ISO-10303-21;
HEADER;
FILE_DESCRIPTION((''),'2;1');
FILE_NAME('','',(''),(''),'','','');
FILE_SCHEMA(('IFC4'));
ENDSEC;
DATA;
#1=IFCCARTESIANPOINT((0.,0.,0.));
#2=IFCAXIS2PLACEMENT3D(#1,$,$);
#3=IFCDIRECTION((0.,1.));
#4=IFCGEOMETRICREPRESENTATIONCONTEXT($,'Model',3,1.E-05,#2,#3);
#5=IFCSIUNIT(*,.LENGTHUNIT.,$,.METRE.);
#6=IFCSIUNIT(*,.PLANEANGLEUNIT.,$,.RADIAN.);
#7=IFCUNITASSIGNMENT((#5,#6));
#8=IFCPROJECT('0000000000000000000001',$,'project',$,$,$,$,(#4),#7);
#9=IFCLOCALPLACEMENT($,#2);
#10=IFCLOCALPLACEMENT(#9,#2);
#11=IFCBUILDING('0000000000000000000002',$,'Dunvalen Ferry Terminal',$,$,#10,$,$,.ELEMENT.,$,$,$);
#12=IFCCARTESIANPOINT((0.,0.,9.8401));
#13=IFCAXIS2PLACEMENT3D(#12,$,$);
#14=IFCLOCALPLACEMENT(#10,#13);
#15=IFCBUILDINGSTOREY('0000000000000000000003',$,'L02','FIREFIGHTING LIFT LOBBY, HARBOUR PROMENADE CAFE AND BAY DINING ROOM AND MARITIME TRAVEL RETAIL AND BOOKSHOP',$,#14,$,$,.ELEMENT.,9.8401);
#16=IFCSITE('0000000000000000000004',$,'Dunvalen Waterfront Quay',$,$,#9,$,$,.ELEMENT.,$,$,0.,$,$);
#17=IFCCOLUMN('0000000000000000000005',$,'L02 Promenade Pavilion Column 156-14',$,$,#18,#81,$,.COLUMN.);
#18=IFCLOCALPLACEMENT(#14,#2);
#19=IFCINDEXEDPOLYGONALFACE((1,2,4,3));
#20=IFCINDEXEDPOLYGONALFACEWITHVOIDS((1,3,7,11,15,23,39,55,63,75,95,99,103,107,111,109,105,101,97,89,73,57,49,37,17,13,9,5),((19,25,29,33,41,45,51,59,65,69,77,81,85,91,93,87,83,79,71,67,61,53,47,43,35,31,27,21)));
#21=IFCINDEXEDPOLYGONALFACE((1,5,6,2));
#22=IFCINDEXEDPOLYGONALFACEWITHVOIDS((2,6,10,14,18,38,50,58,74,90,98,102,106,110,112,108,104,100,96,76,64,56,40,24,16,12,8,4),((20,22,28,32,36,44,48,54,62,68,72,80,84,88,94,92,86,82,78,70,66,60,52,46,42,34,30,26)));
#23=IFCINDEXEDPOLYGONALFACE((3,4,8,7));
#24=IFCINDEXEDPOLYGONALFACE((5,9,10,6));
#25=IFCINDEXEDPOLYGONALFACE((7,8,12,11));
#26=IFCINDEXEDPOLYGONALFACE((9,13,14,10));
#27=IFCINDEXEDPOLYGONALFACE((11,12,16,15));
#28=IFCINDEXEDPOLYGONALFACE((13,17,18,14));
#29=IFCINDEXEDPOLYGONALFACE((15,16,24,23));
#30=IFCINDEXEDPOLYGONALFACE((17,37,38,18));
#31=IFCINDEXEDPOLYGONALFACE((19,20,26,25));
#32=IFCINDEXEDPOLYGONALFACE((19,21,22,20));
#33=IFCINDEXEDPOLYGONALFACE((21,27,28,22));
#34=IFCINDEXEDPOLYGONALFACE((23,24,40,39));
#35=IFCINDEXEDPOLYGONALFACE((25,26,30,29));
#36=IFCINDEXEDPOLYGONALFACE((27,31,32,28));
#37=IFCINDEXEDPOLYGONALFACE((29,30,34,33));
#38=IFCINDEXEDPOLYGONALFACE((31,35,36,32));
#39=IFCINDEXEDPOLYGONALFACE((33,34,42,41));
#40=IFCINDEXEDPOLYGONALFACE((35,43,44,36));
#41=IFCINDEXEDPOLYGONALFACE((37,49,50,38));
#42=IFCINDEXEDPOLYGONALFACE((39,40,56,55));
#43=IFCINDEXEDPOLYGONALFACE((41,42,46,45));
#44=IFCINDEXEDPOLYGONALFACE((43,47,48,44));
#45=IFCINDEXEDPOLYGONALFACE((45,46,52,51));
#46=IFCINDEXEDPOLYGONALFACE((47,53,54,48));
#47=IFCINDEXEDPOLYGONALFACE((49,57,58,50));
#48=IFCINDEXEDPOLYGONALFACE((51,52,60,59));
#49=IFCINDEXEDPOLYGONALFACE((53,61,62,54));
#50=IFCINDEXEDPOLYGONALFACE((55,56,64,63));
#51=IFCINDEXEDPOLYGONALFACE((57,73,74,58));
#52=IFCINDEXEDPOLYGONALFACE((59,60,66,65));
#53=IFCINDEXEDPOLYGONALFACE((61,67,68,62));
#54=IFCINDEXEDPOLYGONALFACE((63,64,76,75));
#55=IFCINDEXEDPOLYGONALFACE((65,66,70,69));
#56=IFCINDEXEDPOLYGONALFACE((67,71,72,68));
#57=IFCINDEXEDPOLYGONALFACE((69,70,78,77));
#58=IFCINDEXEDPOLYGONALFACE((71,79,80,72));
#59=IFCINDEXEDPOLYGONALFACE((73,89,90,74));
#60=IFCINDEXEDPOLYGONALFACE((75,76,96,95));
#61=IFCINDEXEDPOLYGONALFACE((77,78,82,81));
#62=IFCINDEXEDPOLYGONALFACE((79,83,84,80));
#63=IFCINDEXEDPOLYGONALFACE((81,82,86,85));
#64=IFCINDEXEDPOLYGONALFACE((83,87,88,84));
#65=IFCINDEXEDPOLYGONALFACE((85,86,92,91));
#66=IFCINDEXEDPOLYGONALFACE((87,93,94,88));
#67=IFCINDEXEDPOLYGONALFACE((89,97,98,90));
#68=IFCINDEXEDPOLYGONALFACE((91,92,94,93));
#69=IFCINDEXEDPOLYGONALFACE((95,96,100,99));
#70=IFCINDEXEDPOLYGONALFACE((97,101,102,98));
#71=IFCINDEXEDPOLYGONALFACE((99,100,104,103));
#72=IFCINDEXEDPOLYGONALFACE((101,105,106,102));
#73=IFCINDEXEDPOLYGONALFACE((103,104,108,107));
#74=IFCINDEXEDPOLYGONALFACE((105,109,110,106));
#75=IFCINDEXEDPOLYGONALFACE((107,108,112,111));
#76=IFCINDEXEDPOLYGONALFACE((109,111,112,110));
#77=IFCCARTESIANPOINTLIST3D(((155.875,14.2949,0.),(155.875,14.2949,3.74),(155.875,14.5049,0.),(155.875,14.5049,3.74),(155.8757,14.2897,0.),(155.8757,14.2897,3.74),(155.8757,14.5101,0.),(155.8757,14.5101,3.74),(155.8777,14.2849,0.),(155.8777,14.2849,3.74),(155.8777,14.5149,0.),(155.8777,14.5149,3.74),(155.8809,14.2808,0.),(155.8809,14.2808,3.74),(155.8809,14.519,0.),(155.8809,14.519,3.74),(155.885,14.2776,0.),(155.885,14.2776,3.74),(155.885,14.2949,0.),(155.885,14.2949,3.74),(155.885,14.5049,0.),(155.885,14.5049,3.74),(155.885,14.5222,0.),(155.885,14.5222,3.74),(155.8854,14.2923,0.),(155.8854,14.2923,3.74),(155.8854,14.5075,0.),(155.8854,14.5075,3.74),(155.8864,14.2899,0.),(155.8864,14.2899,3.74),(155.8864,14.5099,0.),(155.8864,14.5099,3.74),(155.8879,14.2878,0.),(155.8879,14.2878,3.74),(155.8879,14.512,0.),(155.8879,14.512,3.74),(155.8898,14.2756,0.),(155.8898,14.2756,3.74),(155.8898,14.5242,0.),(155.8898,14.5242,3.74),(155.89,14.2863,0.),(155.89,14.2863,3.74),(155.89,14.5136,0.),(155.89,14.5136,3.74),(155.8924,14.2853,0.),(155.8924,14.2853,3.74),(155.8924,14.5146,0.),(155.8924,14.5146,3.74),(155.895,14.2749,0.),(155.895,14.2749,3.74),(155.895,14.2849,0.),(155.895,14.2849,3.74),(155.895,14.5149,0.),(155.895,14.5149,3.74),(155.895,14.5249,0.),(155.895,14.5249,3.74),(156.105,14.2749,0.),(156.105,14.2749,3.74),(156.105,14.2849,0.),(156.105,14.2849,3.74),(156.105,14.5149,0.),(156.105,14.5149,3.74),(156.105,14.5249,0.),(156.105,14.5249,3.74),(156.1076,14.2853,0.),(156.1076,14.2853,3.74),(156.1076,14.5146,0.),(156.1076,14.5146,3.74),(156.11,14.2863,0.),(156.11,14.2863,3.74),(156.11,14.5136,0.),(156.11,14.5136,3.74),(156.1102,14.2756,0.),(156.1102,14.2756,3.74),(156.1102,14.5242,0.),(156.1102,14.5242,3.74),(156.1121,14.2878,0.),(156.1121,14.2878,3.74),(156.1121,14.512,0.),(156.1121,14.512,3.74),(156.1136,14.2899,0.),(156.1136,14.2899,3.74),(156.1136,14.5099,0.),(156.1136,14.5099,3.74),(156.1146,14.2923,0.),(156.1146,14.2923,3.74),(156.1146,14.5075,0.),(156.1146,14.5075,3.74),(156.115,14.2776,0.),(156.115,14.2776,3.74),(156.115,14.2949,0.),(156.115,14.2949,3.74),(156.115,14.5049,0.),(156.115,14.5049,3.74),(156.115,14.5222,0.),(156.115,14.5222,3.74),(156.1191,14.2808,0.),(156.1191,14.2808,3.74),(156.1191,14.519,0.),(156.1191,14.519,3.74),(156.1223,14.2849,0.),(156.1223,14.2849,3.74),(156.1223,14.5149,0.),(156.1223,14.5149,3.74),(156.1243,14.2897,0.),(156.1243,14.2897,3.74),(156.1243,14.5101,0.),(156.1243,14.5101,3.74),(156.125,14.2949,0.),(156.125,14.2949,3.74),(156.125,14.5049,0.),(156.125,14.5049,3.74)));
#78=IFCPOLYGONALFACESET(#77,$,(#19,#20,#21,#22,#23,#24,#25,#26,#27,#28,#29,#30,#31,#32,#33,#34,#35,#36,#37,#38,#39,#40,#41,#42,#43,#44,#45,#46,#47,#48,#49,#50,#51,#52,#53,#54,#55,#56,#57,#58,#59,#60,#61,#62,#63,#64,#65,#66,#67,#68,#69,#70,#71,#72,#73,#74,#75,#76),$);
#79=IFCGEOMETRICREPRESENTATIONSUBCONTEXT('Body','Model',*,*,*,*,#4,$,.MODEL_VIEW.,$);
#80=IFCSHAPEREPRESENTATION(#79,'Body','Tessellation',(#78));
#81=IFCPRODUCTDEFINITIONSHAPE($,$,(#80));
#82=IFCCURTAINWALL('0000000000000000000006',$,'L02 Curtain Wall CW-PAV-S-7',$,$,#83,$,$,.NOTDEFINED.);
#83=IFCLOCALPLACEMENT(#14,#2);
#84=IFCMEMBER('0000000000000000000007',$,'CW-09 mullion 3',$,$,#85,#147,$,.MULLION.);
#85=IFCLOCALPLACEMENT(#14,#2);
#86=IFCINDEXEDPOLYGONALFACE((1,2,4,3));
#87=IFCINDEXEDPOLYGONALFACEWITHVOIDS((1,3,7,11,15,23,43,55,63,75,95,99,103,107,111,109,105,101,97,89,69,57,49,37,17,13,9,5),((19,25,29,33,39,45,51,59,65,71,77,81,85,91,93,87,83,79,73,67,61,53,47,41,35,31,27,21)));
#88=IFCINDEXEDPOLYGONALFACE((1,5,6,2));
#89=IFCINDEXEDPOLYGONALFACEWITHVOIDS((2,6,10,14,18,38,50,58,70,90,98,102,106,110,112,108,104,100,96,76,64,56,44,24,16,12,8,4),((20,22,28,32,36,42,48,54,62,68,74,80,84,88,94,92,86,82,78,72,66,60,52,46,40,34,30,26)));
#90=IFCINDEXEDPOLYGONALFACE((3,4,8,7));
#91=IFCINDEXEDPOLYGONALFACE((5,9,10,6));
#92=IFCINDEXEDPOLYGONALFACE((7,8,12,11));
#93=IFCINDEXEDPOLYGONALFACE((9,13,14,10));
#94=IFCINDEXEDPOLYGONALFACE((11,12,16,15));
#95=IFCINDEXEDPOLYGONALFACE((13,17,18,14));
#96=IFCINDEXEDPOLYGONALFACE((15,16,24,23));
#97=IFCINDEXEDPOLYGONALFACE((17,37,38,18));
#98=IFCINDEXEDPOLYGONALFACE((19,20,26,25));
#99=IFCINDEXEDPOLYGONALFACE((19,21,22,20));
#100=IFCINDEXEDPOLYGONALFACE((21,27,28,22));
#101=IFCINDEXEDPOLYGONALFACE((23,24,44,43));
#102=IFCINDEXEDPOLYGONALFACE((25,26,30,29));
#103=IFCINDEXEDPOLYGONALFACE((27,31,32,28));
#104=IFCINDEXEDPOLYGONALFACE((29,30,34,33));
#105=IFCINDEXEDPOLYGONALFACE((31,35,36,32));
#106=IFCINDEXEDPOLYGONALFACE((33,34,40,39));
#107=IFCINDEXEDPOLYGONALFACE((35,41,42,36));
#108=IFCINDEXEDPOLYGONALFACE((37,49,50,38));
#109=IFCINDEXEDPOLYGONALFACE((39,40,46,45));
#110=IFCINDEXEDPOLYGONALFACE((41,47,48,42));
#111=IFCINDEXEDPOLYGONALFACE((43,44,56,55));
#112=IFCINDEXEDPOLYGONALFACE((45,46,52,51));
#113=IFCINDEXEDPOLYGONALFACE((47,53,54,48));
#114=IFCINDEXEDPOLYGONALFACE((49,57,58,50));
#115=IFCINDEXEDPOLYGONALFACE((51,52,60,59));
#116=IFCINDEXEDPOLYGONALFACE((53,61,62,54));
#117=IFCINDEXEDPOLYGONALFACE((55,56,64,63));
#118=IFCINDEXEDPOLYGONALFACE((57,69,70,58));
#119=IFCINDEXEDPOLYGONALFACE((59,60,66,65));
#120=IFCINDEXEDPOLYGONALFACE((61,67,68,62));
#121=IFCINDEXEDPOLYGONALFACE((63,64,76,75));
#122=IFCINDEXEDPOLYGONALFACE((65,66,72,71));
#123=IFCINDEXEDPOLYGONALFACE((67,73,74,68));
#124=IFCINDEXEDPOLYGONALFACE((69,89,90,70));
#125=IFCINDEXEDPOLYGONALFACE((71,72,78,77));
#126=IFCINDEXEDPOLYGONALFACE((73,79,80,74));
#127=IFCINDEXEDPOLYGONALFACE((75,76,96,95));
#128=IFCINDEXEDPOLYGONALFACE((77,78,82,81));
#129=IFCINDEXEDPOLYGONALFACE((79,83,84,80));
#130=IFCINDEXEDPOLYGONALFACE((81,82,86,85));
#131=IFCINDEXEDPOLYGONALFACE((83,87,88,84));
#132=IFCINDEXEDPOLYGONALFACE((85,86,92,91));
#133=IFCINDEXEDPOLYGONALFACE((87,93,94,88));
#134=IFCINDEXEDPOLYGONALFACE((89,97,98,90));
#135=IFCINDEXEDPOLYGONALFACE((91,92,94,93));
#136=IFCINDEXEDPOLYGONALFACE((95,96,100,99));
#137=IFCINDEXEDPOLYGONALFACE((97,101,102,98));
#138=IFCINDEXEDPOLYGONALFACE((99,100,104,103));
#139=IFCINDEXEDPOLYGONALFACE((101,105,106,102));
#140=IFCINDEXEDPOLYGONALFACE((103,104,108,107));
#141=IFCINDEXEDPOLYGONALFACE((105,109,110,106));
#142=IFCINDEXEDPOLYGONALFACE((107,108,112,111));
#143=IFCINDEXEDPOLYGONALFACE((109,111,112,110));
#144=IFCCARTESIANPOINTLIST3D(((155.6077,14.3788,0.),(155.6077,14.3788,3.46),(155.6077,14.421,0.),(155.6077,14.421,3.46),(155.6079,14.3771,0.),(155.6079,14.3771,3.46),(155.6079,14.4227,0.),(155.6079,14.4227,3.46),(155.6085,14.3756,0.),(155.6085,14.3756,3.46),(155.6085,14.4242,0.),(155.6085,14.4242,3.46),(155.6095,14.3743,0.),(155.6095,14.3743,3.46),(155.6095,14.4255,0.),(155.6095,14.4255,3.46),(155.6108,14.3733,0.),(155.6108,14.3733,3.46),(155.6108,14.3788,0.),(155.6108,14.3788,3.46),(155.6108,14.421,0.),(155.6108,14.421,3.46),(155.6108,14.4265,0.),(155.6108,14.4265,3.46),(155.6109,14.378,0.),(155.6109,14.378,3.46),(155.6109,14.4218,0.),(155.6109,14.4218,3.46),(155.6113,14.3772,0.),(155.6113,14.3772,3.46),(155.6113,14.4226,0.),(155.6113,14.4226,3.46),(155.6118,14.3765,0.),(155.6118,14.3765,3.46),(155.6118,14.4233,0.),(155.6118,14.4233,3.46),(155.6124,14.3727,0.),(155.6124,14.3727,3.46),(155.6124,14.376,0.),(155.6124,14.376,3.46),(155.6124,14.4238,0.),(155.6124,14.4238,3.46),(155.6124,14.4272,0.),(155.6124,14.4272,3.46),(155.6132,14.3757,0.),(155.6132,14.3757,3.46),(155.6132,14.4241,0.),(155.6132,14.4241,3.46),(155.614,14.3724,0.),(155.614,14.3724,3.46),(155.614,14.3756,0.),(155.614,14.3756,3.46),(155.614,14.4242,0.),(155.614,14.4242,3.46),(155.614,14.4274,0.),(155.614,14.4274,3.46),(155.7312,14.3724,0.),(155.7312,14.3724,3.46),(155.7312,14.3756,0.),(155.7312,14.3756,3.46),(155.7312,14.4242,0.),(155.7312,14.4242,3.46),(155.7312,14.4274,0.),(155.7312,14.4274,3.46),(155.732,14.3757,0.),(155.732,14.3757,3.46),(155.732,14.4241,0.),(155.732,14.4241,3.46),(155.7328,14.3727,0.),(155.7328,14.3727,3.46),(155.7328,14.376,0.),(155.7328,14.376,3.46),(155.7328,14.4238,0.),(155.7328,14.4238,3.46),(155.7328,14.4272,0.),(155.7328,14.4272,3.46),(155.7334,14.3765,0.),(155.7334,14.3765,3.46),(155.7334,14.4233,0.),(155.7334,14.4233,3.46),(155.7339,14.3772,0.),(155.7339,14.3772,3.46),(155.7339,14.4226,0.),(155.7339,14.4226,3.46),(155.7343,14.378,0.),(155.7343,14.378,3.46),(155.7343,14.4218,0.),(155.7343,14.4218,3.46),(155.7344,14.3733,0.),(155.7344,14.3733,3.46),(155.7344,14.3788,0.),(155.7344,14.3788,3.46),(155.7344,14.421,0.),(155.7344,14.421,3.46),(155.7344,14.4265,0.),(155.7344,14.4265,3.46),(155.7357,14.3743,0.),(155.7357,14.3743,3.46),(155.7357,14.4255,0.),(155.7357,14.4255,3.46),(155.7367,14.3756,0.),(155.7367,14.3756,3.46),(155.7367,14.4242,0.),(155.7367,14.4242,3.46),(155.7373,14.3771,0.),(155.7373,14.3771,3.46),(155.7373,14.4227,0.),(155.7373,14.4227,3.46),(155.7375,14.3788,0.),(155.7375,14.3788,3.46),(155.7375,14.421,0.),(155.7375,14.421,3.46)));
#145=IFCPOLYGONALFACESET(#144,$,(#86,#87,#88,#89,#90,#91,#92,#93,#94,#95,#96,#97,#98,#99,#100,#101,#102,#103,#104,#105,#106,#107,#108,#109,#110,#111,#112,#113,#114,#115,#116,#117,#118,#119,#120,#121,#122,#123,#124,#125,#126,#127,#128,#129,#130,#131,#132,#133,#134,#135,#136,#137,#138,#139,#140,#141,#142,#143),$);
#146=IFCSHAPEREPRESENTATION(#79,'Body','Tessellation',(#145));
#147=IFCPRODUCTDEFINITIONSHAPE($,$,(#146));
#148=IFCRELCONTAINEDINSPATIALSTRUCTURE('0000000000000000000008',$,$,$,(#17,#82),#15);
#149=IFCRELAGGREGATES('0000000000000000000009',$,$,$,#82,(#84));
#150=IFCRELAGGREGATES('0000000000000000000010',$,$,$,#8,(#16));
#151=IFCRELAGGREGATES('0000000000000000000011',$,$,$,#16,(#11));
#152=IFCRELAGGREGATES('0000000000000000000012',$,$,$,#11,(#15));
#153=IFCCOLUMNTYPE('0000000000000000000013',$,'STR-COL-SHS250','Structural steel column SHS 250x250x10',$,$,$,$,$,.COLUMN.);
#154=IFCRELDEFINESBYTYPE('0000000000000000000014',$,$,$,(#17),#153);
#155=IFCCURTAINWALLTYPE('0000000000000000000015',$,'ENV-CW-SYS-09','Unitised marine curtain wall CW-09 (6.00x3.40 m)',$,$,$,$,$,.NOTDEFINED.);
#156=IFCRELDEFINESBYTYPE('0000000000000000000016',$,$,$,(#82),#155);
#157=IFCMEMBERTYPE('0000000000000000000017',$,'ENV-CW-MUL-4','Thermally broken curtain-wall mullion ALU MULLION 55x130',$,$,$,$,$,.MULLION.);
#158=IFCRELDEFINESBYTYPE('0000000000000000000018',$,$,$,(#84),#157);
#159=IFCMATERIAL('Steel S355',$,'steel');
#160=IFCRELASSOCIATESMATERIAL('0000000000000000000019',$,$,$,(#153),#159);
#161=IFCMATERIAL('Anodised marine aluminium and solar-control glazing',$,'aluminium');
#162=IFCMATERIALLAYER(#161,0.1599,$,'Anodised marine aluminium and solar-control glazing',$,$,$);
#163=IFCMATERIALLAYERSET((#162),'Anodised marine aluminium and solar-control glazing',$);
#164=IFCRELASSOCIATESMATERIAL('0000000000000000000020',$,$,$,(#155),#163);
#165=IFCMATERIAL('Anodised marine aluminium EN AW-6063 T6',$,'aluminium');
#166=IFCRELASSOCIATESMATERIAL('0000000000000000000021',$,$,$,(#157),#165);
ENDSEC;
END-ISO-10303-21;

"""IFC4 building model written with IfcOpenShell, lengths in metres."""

from ifc_helpers import new_model, si_unit, direction, frame, origin, origin_2d, place, context, subcontext, project, spatial, hollow_rectangle, extrude, material, layer, layer_set, material_profile, profile_set, type_object, element, aggregate, save


model = new_model("IFC4")

# Units and contexts
model_context = context("Model", 3, precision=1e-05, world=origin(), true_north=direction((0.0, 1.0)))
body_context = subcontext(model_context, "Body", "Model", "MODEL_VIEW")
ifc_project = project(units=[si_unit("LENGTHUNIT", "METRE"), si_unit("PLANEANGLEUNIT", "RADIAN")], contexts=[model_context])

# Site, building, storey
site_placement = place(None, origin())
site = spatial("IfcSite", under=ifc_project, at=site_placement, Name="Dunvalen Waterfront Quay", CompositionType="ELEMENT", RefElevation=0.0)
building_placement = place(site_placement, origin())
building = spatial("IfcBuilding", under=site, at=building_placement, Name="Dunvalen Ferry Terminal", CompositionType="ELEMENT")
storey_placement = place(building_placement, frame((0.0, 0.0, 9.8401)))
storey = spatial("IfcBuildingStorey", under=building, at=storey_placement, Name="L02", Description="FIREFIGHTING LIFT LOBBY, HARBOUR PROMENADE CAFE AND BAY DINING ROOM AND MARITIME TRAVEL RETAIL AND BOOKSHOP", CompositionType="ELEMENT", Elevation=9.8401)

# Column
ifc_material_1 = material(Name="Steel S355", Category="steel")
ifc_material_profile_1 = material_profile(ifc_material_1, hollow_rectangle(XDim=0.25, YDim=0.25, WallThickness=0.01, InnerFilletRadius=0.01, OuterFilletRadius=0.02, at=origin_2d()), Name="Steel S355")
ifc_profile_set_1 = profile_set([ifc_material_profile_1], Name="Steel S355")
column_type = type_object("IfcColumnType", Name="STR-COL-SHS250", Description="Structural steel column SHS 250x250x10", PredefinedType="COLUMN", material=ifc_profile_set_1)
column_placement = place(storey_placement, frame((156.0, 14.3999, 0.0), z_axis=(0.0, 0.0, 1.0), x_axis=(1.0, 0.0, 0.0)))
element("IfcColumn", 1, at=column_placement, inside=storey, type_object=column_type, Name="L02 Promenade Pavilion Column 156-14", PredefinedType="COLUMN", context=body_context, shape_type="SweptSolid", body=[
    extrude(hollow_rectangle(XDim=0.25, YDim=0.25, WallThickness=0.01, InnerFilletRadius=0.01, OuterFilletRadius=0.02, at=origin_2d()), origin(), (0.0, 0.0, 1.0), 3.74),
])

# Curtain wall, member
ifc_material_2 = material(Name="Anodised marine aluminium and solar-control glazing", Category="aluminium")
ifc_layer_1 = layer(ifc_material_2, 0.1599, Name="Anodised marine aluminium and solar-control glazing")
ifc_layer_set_1 = layer_set([ifc_layer_1], Name="Anodised marine aluminium and solar-control glazing")
curtain_wall_type_1 = type_object("IfcCurtainWallType", Name="ENV-CW-SYS-09", Description="Unitised marine curtain wall CW-09 (6.00x3.40 m)", PredefinedType="NOTDEFINED", material=ifc_layer_set_1)
curtain_wall_1_placement = place(storey_placement, origin())
curtain_wall_1 = element("IfcCurtainWall", 2, at=curtain_wall_1_placement, inside=storey, type_object=curtain_wall_type_1, Name="L02 Curtain Wall CW-PAV-S-7", PredefinedType="NOTDEFINED")
ifc_material_3 = material(Name="Anodised marine aluminium EN AW-6063 T6", Category="aluminium")
ifc_material_profile_2 = material_profile(ifc_material_3, hollow_rectangle(XDim=0.0549, YDim=0.1299, WallThickness=0.0032, InnerFilletRadius=0.0032, OuterFilletRadius=0.0063, at=origin_2d()), Name="Anodised marine aluminium EN AW-6063 T6")
ifc_profile_set_2 = profile_set([ifc_material_profile_2], Name="Anodised marine aluminium EN AW-6063 T6")
member_type_1 = type_object("IfcMemberType", Name="ENV-CW-MUL-4", Description="Thermally broken curtain-wall mullion ALU MULLION 55x130", PredefinedType="MULLION", material=ifc_profile_set_2)
member_1_placement = place(storey_placement, frame((155.6726, 14.3999, 0.0), z_axis=(0.0, 0.0, 1.0), x_axis=(0.0, 1.0, 0.0)))
member_1 = element("IfcMember", 3, at=member_1_placement, type_object=member_type_1, Name="CW-09 mullion 3", PredefinedType="MULLION", context=body_context, shape_type="SweptSolid", body=[
    extrude(hollow_rectangle(XDim=0.0549, YDim=0.1299, WallThickness=0.0032, InnerFilletRadius=0.0032, OuterFilletRadius=0.0063, at=origin_2d()), origin(), (0.0, 0.0, 1.0), 3.46),
])

aggregate(curtain_wall_1, [member_1])

save(model, "model.ifc")
